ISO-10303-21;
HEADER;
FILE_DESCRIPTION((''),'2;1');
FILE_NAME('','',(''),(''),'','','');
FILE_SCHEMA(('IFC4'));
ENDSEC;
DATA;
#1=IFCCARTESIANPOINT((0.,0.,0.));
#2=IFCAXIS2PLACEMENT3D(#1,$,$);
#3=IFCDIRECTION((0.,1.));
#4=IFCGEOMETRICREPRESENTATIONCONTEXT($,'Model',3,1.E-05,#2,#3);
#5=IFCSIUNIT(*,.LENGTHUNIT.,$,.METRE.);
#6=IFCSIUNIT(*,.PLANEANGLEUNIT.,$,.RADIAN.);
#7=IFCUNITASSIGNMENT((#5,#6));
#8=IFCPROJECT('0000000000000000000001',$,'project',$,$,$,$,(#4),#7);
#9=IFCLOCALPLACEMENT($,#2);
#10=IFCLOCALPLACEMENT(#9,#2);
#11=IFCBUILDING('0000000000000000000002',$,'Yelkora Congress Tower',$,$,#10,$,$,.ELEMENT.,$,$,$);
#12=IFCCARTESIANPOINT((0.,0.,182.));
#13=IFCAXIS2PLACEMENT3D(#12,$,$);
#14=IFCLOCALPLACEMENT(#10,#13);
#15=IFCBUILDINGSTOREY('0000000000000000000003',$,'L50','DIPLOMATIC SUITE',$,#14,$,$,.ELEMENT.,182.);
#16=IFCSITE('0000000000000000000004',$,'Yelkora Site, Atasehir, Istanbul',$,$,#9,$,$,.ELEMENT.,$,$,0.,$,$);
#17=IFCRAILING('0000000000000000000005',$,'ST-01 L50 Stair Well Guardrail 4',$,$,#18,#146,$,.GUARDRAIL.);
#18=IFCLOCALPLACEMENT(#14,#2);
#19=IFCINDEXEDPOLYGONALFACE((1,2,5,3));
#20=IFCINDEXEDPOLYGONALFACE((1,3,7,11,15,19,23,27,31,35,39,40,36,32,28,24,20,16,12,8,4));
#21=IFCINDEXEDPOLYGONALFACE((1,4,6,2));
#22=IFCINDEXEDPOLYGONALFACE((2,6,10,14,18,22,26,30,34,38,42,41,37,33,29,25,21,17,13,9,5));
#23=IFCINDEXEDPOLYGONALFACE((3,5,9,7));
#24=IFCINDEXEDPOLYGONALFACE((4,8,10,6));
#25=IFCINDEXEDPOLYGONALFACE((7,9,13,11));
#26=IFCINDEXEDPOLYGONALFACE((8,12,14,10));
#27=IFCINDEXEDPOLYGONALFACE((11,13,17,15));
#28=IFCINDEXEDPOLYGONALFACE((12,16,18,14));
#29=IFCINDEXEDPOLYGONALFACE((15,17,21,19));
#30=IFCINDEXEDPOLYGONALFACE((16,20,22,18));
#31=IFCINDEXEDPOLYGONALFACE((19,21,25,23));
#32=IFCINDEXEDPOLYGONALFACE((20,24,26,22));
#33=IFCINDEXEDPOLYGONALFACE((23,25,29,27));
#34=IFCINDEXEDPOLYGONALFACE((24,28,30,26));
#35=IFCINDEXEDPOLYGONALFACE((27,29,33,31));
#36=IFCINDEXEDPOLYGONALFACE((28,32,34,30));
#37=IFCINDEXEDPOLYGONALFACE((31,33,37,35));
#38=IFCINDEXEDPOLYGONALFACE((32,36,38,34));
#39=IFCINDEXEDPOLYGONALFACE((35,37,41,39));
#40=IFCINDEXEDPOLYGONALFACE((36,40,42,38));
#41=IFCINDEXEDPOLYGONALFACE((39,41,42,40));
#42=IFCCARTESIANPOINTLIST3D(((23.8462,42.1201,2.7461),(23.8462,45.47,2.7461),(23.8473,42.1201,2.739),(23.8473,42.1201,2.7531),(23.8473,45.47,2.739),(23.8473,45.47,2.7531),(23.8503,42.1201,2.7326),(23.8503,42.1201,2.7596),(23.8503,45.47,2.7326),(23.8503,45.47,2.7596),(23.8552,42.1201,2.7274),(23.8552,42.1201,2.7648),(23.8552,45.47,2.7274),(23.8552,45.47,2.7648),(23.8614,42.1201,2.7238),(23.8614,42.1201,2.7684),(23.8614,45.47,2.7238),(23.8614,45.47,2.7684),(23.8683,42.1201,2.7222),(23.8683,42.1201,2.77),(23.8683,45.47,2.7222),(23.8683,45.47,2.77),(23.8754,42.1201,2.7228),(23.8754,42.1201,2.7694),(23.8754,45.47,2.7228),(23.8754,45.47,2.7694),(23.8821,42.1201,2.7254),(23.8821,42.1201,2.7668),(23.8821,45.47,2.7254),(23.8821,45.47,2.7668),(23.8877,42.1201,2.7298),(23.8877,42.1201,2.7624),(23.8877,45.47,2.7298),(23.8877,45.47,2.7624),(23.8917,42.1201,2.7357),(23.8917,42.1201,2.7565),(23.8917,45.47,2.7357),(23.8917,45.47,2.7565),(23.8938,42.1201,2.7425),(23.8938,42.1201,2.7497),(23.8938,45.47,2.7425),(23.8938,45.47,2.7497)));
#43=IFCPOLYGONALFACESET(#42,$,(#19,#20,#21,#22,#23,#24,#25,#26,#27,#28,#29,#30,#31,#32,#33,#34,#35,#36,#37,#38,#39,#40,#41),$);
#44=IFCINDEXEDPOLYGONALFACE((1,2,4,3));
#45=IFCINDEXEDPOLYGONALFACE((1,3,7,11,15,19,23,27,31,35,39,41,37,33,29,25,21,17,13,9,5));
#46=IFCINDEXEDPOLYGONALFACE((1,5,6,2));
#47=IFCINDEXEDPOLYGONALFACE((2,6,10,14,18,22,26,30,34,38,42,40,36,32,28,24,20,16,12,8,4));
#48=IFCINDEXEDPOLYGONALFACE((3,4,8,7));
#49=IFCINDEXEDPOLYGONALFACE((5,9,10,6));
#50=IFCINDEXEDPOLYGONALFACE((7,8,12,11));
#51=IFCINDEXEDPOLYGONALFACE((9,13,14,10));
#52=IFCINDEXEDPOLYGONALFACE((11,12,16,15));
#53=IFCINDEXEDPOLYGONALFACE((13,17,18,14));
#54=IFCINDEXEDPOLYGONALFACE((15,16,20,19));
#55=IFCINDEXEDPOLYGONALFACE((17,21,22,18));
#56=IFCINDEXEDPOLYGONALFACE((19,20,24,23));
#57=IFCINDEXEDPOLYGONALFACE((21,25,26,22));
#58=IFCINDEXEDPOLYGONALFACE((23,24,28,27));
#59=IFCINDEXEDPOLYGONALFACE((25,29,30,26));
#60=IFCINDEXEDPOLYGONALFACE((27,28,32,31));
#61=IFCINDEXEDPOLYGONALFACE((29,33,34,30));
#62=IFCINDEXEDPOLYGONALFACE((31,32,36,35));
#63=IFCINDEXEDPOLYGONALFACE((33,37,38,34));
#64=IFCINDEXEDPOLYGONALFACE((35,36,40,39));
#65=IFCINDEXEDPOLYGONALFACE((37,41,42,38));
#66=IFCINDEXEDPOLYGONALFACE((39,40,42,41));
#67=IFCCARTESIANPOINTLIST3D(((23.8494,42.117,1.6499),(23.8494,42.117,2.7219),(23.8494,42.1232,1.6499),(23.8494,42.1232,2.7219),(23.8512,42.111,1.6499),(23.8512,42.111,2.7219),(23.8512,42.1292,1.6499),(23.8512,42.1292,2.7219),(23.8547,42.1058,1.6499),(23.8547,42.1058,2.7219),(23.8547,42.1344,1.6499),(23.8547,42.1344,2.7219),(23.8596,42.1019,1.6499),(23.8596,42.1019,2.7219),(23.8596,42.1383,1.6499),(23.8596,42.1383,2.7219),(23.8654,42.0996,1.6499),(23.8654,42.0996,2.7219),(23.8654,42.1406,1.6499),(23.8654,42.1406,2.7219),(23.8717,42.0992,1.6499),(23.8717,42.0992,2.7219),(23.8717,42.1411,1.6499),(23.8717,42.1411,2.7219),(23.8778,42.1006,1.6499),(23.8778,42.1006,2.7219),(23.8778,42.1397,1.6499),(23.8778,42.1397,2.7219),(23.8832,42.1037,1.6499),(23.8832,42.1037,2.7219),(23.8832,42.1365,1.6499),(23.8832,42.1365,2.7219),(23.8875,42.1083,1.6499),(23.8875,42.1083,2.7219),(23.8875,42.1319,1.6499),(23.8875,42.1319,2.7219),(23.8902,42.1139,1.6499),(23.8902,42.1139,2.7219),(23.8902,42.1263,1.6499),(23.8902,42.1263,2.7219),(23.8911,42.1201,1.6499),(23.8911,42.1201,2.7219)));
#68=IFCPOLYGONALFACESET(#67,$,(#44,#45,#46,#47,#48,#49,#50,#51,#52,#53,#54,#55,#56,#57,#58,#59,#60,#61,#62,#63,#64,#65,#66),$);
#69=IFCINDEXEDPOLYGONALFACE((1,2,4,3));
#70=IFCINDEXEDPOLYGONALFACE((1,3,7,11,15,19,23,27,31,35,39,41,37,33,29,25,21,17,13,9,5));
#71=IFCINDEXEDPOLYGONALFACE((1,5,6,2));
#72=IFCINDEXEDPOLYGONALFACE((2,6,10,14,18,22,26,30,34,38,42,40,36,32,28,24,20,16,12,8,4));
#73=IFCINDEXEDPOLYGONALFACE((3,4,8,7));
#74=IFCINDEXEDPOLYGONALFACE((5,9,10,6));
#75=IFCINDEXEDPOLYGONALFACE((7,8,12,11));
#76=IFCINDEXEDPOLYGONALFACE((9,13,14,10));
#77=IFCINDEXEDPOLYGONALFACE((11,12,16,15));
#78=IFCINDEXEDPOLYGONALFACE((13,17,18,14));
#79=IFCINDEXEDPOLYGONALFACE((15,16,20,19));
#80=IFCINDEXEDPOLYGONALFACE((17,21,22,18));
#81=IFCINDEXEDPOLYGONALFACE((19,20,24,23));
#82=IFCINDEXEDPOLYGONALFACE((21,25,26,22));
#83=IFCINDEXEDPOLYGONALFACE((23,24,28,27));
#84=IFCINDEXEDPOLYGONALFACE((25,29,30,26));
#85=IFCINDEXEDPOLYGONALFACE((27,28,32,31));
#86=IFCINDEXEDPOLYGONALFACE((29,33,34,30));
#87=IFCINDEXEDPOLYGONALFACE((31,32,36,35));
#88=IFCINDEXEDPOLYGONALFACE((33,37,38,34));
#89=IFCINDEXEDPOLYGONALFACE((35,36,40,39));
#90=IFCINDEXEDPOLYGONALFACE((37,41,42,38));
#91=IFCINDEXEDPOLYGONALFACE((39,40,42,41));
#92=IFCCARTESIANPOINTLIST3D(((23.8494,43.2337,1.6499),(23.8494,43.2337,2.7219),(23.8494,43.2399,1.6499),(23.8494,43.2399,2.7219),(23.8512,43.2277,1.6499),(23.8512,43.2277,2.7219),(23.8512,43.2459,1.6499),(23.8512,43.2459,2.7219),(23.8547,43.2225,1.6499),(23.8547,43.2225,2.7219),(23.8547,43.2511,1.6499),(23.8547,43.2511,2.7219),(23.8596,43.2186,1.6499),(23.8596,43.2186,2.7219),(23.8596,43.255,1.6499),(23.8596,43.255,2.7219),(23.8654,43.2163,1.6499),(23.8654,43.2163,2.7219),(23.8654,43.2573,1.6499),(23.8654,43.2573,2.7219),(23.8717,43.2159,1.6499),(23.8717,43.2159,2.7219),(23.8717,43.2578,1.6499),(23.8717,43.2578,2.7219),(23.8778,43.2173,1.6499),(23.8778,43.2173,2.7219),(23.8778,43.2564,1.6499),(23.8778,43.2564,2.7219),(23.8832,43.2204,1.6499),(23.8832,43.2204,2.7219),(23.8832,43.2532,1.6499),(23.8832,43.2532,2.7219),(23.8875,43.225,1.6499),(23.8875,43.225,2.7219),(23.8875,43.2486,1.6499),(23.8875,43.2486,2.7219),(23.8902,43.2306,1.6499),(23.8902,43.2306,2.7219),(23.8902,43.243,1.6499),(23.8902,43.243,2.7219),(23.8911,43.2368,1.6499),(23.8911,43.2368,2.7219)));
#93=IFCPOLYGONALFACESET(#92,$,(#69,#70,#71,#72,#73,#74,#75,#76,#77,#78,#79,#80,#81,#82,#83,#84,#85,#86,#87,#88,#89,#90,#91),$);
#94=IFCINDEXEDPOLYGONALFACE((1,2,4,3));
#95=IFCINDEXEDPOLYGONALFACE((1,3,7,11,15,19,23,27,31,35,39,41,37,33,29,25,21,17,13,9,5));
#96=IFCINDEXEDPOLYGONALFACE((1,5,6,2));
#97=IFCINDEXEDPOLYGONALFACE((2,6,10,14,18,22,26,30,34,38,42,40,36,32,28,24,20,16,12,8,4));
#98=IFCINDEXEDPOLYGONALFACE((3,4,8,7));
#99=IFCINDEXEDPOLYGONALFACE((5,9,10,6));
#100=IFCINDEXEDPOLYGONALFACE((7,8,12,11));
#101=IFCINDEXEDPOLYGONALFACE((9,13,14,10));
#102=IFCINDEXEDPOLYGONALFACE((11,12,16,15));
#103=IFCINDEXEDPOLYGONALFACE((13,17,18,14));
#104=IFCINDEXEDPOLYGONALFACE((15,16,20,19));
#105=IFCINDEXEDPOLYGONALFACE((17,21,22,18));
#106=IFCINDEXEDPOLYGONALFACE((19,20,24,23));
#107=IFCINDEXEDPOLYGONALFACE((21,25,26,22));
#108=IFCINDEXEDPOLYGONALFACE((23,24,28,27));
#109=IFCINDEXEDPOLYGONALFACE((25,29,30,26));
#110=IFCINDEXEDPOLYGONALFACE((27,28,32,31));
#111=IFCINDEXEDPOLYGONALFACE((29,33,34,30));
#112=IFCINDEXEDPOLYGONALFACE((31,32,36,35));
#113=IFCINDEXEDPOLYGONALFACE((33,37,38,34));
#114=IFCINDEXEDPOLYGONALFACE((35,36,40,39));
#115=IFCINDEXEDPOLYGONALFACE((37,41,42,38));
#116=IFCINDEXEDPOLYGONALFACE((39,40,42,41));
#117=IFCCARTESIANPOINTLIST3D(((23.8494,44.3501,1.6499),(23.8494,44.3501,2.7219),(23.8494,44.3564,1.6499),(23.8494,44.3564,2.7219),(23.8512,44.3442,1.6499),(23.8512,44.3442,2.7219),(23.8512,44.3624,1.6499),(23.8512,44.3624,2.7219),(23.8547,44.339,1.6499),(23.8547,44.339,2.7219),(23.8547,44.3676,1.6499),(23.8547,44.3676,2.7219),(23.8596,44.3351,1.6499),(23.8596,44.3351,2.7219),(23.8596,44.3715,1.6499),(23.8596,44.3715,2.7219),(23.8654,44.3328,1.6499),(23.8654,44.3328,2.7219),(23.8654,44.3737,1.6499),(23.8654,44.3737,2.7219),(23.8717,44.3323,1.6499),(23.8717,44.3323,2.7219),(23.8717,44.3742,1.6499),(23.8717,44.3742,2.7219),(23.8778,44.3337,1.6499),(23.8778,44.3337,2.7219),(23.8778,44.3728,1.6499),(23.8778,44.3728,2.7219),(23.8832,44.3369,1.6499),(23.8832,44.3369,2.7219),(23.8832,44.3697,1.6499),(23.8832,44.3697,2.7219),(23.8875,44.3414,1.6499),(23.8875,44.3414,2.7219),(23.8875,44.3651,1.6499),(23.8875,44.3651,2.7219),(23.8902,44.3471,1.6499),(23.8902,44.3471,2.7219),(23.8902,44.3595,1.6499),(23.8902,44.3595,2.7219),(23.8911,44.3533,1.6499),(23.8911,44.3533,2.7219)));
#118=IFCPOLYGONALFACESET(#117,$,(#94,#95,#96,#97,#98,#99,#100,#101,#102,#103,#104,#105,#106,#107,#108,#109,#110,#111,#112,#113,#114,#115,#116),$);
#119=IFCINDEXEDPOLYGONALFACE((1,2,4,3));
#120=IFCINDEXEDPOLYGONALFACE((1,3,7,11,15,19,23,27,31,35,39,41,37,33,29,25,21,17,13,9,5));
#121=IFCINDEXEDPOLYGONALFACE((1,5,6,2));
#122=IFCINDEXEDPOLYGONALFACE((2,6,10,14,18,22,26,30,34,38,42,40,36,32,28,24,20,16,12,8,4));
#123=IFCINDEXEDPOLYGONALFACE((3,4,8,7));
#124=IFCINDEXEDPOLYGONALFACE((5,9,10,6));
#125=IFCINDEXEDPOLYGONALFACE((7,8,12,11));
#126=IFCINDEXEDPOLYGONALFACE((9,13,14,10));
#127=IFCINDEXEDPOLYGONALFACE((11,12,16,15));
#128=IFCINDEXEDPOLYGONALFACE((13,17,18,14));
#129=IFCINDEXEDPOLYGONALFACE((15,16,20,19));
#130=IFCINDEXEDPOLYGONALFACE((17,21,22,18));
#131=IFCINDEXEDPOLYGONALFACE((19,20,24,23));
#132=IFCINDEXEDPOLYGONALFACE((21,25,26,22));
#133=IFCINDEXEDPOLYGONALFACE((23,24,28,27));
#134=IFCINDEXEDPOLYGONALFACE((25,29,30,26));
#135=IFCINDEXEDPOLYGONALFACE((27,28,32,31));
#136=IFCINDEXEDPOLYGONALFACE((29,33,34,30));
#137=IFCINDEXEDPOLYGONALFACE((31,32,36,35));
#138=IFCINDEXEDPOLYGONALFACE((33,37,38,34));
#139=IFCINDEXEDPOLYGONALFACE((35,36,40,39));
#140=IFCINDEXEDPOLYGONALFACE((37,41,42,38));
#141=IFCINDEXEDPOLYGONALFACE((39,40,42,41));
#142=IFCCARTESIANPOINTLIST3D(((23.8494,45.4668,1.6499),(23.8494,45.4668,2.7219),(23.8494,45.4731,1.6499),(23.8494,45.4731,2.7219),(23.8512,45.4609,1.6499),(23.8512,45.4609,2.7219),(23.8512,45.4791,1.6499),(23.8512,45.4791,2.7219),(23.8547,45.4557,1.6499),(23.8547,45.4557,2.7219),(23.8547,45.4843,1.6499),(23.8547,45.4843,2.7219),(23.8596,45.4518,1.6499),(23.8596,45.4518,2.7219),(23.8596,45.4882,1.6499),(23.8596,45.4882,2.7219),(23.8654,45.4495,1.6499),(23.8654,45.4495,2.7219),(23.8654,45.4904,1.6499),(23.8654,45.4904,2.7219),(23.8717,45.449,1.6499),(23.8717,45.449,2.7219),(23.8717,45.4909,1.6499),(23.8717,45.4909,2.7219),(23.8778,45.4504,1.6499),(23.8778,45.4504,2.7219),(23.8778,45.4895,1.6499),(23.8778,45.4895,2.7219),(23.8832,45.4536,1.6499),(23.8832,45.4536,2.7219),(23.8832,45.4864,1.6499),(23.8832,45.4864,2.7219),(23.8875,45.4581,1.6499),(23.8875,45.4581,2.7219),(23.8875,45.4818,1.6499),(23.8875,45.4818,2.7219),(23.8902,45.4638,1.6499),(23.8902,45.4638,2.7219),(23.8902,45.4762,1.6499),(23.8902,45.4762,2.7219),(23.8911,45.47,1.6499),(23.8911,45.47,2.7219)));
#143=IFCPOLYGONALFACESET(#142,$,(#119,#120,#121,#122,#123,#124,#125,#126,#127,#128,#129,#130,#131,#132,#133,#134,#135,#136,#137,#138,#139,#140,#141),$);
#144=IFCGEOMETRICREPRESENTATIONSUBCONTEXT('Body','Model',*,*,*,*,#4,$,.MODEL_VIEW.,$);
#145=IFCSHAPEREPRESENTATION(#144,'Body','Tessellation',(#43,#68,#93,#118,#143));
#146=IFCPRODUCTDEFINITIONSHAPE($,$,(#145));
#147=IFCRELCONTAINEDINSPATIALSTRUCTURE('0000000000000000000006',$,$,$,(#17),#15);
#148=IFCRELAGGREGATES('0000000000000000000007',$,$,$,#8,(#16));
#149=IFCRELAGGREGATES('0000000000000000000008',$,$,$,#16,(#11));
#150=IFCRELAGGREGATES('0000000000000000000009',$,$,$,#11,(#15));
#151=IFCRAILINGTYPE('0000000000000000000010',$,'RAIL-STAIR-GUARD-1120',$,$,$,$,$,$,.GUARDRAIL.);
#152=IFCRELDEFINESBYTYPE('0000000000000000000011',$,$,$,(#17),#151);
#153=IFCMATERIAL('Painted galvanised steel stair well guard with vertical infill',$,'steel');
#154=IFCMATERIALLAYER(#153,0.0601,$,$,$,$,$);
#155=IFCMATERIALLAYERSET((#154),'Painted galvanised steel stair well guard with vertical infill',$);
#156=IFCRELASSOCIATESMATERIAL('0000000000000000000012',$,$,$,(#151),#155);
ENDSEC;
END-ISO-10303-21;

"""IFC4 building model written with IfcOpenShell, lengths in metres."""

from ifc_helpers import new_model, si_unit, direction, frame, origin, origin_2d, place, context, subcontext, project, spatial, circle, extrude, material, layer, layer_set, type_object, element, save


model = new_model("IFC4")

# Units and contexts
model_context = context("Model", 3, precision=1e-05, world=origin(), true_north=direction((0.0, 1.0)))
body_context = subcontext(model_context, "Body", "Model", "MODEL_VIEW")
ifc_project = project(units=[si_unit("LENGTHUNIT", "METRE"), si_unit("PLANEANGLEUNIT", "RADIAN")], contexts=[model_context])

# Site, building, storey
site_placement = place(None, origin())
site = spatial("IfcSite", under=ifc_project, at=site_placement, Name="Yelkora Site, Atasehir, Istanbul", CompositionType="ELEMENT", RefElevation=0.0)
building_placement = place(site_placement, origin())
building = spatial("IfcBuilding", under=site, at=building_placement, Name="Yelkora Congress Tower", CompositionType="ELEMENT")
storey_placement = place(building_placement, frame((0.0, 0.0, 182.0)))
storey = spatial("IfcBuildingStorey", under=building, at=storey_placement, Name="L50", Description="DIPLOMATIC SUITE", CompositionType="ELEMENT", Elevation=182.0)

# Railing
ifc_material_1 = material(Name="Painted galvanised steel stair well guard with vertical infill", Category="steel")
ifc_layer_1 = layer(ifc_material_1, 0.0601)
ifc_layer_set_1 = layer_set([ifc_layer_1], Name="Painted galvanised steel stair well guard with vertical infill")
railing_type_1 = type_object("IfcRailingType", Name="RAIL-STAIR-GUARD-1120", PredefinedType="GUARDRAIL", material=ifc_layer_set_1)
for number, where, name in (
    (1, (23.8701, 42.1201, 1.6499), "ST-01 L50 Stair Well Guardrail 4"),
):
    element("IfcRailing", number, at=place(storey_placement, frame(where)), inside=storey, type_object=railing_type_1, Name=name, PredefinedType="GUARDRAIL", context=body_context, shape_type="SweptSolid", body=[
        extrude(circle(Radius=0.0239, at=origin_2d()), frame((0.0, 0.0, 1.0962), z_axis=(0.0, 1.0, 0.0), x_axis=(-1.0, 0.0, 0.0)), (0.0, 0.0, 1.0), 3.3499),
        extrude(circle(Radius=0.021, at=origin_2d()), origin(), (0.0, 0.0, 1.0), 1.072),
        extrude(circle(Radius=0.021, at=origin_2d()), frame((0.0, 1.1167, 0.0)), (0.0, 0.0, 1.0), 1.072),
        extrude(circle(Radius=0.021, at=origin_2d()), frame((0.0, 2.2332, 0.0)), (0.0, 0.0, 1.0), 1.072),
        extrude(circle(Radius=0.021, at=origin_2d()), frame((0.0, 3.3499, 0.0)), (0.0, 0.0, 1.0), 1.072),
    ])

save(model, "model.ifc")
